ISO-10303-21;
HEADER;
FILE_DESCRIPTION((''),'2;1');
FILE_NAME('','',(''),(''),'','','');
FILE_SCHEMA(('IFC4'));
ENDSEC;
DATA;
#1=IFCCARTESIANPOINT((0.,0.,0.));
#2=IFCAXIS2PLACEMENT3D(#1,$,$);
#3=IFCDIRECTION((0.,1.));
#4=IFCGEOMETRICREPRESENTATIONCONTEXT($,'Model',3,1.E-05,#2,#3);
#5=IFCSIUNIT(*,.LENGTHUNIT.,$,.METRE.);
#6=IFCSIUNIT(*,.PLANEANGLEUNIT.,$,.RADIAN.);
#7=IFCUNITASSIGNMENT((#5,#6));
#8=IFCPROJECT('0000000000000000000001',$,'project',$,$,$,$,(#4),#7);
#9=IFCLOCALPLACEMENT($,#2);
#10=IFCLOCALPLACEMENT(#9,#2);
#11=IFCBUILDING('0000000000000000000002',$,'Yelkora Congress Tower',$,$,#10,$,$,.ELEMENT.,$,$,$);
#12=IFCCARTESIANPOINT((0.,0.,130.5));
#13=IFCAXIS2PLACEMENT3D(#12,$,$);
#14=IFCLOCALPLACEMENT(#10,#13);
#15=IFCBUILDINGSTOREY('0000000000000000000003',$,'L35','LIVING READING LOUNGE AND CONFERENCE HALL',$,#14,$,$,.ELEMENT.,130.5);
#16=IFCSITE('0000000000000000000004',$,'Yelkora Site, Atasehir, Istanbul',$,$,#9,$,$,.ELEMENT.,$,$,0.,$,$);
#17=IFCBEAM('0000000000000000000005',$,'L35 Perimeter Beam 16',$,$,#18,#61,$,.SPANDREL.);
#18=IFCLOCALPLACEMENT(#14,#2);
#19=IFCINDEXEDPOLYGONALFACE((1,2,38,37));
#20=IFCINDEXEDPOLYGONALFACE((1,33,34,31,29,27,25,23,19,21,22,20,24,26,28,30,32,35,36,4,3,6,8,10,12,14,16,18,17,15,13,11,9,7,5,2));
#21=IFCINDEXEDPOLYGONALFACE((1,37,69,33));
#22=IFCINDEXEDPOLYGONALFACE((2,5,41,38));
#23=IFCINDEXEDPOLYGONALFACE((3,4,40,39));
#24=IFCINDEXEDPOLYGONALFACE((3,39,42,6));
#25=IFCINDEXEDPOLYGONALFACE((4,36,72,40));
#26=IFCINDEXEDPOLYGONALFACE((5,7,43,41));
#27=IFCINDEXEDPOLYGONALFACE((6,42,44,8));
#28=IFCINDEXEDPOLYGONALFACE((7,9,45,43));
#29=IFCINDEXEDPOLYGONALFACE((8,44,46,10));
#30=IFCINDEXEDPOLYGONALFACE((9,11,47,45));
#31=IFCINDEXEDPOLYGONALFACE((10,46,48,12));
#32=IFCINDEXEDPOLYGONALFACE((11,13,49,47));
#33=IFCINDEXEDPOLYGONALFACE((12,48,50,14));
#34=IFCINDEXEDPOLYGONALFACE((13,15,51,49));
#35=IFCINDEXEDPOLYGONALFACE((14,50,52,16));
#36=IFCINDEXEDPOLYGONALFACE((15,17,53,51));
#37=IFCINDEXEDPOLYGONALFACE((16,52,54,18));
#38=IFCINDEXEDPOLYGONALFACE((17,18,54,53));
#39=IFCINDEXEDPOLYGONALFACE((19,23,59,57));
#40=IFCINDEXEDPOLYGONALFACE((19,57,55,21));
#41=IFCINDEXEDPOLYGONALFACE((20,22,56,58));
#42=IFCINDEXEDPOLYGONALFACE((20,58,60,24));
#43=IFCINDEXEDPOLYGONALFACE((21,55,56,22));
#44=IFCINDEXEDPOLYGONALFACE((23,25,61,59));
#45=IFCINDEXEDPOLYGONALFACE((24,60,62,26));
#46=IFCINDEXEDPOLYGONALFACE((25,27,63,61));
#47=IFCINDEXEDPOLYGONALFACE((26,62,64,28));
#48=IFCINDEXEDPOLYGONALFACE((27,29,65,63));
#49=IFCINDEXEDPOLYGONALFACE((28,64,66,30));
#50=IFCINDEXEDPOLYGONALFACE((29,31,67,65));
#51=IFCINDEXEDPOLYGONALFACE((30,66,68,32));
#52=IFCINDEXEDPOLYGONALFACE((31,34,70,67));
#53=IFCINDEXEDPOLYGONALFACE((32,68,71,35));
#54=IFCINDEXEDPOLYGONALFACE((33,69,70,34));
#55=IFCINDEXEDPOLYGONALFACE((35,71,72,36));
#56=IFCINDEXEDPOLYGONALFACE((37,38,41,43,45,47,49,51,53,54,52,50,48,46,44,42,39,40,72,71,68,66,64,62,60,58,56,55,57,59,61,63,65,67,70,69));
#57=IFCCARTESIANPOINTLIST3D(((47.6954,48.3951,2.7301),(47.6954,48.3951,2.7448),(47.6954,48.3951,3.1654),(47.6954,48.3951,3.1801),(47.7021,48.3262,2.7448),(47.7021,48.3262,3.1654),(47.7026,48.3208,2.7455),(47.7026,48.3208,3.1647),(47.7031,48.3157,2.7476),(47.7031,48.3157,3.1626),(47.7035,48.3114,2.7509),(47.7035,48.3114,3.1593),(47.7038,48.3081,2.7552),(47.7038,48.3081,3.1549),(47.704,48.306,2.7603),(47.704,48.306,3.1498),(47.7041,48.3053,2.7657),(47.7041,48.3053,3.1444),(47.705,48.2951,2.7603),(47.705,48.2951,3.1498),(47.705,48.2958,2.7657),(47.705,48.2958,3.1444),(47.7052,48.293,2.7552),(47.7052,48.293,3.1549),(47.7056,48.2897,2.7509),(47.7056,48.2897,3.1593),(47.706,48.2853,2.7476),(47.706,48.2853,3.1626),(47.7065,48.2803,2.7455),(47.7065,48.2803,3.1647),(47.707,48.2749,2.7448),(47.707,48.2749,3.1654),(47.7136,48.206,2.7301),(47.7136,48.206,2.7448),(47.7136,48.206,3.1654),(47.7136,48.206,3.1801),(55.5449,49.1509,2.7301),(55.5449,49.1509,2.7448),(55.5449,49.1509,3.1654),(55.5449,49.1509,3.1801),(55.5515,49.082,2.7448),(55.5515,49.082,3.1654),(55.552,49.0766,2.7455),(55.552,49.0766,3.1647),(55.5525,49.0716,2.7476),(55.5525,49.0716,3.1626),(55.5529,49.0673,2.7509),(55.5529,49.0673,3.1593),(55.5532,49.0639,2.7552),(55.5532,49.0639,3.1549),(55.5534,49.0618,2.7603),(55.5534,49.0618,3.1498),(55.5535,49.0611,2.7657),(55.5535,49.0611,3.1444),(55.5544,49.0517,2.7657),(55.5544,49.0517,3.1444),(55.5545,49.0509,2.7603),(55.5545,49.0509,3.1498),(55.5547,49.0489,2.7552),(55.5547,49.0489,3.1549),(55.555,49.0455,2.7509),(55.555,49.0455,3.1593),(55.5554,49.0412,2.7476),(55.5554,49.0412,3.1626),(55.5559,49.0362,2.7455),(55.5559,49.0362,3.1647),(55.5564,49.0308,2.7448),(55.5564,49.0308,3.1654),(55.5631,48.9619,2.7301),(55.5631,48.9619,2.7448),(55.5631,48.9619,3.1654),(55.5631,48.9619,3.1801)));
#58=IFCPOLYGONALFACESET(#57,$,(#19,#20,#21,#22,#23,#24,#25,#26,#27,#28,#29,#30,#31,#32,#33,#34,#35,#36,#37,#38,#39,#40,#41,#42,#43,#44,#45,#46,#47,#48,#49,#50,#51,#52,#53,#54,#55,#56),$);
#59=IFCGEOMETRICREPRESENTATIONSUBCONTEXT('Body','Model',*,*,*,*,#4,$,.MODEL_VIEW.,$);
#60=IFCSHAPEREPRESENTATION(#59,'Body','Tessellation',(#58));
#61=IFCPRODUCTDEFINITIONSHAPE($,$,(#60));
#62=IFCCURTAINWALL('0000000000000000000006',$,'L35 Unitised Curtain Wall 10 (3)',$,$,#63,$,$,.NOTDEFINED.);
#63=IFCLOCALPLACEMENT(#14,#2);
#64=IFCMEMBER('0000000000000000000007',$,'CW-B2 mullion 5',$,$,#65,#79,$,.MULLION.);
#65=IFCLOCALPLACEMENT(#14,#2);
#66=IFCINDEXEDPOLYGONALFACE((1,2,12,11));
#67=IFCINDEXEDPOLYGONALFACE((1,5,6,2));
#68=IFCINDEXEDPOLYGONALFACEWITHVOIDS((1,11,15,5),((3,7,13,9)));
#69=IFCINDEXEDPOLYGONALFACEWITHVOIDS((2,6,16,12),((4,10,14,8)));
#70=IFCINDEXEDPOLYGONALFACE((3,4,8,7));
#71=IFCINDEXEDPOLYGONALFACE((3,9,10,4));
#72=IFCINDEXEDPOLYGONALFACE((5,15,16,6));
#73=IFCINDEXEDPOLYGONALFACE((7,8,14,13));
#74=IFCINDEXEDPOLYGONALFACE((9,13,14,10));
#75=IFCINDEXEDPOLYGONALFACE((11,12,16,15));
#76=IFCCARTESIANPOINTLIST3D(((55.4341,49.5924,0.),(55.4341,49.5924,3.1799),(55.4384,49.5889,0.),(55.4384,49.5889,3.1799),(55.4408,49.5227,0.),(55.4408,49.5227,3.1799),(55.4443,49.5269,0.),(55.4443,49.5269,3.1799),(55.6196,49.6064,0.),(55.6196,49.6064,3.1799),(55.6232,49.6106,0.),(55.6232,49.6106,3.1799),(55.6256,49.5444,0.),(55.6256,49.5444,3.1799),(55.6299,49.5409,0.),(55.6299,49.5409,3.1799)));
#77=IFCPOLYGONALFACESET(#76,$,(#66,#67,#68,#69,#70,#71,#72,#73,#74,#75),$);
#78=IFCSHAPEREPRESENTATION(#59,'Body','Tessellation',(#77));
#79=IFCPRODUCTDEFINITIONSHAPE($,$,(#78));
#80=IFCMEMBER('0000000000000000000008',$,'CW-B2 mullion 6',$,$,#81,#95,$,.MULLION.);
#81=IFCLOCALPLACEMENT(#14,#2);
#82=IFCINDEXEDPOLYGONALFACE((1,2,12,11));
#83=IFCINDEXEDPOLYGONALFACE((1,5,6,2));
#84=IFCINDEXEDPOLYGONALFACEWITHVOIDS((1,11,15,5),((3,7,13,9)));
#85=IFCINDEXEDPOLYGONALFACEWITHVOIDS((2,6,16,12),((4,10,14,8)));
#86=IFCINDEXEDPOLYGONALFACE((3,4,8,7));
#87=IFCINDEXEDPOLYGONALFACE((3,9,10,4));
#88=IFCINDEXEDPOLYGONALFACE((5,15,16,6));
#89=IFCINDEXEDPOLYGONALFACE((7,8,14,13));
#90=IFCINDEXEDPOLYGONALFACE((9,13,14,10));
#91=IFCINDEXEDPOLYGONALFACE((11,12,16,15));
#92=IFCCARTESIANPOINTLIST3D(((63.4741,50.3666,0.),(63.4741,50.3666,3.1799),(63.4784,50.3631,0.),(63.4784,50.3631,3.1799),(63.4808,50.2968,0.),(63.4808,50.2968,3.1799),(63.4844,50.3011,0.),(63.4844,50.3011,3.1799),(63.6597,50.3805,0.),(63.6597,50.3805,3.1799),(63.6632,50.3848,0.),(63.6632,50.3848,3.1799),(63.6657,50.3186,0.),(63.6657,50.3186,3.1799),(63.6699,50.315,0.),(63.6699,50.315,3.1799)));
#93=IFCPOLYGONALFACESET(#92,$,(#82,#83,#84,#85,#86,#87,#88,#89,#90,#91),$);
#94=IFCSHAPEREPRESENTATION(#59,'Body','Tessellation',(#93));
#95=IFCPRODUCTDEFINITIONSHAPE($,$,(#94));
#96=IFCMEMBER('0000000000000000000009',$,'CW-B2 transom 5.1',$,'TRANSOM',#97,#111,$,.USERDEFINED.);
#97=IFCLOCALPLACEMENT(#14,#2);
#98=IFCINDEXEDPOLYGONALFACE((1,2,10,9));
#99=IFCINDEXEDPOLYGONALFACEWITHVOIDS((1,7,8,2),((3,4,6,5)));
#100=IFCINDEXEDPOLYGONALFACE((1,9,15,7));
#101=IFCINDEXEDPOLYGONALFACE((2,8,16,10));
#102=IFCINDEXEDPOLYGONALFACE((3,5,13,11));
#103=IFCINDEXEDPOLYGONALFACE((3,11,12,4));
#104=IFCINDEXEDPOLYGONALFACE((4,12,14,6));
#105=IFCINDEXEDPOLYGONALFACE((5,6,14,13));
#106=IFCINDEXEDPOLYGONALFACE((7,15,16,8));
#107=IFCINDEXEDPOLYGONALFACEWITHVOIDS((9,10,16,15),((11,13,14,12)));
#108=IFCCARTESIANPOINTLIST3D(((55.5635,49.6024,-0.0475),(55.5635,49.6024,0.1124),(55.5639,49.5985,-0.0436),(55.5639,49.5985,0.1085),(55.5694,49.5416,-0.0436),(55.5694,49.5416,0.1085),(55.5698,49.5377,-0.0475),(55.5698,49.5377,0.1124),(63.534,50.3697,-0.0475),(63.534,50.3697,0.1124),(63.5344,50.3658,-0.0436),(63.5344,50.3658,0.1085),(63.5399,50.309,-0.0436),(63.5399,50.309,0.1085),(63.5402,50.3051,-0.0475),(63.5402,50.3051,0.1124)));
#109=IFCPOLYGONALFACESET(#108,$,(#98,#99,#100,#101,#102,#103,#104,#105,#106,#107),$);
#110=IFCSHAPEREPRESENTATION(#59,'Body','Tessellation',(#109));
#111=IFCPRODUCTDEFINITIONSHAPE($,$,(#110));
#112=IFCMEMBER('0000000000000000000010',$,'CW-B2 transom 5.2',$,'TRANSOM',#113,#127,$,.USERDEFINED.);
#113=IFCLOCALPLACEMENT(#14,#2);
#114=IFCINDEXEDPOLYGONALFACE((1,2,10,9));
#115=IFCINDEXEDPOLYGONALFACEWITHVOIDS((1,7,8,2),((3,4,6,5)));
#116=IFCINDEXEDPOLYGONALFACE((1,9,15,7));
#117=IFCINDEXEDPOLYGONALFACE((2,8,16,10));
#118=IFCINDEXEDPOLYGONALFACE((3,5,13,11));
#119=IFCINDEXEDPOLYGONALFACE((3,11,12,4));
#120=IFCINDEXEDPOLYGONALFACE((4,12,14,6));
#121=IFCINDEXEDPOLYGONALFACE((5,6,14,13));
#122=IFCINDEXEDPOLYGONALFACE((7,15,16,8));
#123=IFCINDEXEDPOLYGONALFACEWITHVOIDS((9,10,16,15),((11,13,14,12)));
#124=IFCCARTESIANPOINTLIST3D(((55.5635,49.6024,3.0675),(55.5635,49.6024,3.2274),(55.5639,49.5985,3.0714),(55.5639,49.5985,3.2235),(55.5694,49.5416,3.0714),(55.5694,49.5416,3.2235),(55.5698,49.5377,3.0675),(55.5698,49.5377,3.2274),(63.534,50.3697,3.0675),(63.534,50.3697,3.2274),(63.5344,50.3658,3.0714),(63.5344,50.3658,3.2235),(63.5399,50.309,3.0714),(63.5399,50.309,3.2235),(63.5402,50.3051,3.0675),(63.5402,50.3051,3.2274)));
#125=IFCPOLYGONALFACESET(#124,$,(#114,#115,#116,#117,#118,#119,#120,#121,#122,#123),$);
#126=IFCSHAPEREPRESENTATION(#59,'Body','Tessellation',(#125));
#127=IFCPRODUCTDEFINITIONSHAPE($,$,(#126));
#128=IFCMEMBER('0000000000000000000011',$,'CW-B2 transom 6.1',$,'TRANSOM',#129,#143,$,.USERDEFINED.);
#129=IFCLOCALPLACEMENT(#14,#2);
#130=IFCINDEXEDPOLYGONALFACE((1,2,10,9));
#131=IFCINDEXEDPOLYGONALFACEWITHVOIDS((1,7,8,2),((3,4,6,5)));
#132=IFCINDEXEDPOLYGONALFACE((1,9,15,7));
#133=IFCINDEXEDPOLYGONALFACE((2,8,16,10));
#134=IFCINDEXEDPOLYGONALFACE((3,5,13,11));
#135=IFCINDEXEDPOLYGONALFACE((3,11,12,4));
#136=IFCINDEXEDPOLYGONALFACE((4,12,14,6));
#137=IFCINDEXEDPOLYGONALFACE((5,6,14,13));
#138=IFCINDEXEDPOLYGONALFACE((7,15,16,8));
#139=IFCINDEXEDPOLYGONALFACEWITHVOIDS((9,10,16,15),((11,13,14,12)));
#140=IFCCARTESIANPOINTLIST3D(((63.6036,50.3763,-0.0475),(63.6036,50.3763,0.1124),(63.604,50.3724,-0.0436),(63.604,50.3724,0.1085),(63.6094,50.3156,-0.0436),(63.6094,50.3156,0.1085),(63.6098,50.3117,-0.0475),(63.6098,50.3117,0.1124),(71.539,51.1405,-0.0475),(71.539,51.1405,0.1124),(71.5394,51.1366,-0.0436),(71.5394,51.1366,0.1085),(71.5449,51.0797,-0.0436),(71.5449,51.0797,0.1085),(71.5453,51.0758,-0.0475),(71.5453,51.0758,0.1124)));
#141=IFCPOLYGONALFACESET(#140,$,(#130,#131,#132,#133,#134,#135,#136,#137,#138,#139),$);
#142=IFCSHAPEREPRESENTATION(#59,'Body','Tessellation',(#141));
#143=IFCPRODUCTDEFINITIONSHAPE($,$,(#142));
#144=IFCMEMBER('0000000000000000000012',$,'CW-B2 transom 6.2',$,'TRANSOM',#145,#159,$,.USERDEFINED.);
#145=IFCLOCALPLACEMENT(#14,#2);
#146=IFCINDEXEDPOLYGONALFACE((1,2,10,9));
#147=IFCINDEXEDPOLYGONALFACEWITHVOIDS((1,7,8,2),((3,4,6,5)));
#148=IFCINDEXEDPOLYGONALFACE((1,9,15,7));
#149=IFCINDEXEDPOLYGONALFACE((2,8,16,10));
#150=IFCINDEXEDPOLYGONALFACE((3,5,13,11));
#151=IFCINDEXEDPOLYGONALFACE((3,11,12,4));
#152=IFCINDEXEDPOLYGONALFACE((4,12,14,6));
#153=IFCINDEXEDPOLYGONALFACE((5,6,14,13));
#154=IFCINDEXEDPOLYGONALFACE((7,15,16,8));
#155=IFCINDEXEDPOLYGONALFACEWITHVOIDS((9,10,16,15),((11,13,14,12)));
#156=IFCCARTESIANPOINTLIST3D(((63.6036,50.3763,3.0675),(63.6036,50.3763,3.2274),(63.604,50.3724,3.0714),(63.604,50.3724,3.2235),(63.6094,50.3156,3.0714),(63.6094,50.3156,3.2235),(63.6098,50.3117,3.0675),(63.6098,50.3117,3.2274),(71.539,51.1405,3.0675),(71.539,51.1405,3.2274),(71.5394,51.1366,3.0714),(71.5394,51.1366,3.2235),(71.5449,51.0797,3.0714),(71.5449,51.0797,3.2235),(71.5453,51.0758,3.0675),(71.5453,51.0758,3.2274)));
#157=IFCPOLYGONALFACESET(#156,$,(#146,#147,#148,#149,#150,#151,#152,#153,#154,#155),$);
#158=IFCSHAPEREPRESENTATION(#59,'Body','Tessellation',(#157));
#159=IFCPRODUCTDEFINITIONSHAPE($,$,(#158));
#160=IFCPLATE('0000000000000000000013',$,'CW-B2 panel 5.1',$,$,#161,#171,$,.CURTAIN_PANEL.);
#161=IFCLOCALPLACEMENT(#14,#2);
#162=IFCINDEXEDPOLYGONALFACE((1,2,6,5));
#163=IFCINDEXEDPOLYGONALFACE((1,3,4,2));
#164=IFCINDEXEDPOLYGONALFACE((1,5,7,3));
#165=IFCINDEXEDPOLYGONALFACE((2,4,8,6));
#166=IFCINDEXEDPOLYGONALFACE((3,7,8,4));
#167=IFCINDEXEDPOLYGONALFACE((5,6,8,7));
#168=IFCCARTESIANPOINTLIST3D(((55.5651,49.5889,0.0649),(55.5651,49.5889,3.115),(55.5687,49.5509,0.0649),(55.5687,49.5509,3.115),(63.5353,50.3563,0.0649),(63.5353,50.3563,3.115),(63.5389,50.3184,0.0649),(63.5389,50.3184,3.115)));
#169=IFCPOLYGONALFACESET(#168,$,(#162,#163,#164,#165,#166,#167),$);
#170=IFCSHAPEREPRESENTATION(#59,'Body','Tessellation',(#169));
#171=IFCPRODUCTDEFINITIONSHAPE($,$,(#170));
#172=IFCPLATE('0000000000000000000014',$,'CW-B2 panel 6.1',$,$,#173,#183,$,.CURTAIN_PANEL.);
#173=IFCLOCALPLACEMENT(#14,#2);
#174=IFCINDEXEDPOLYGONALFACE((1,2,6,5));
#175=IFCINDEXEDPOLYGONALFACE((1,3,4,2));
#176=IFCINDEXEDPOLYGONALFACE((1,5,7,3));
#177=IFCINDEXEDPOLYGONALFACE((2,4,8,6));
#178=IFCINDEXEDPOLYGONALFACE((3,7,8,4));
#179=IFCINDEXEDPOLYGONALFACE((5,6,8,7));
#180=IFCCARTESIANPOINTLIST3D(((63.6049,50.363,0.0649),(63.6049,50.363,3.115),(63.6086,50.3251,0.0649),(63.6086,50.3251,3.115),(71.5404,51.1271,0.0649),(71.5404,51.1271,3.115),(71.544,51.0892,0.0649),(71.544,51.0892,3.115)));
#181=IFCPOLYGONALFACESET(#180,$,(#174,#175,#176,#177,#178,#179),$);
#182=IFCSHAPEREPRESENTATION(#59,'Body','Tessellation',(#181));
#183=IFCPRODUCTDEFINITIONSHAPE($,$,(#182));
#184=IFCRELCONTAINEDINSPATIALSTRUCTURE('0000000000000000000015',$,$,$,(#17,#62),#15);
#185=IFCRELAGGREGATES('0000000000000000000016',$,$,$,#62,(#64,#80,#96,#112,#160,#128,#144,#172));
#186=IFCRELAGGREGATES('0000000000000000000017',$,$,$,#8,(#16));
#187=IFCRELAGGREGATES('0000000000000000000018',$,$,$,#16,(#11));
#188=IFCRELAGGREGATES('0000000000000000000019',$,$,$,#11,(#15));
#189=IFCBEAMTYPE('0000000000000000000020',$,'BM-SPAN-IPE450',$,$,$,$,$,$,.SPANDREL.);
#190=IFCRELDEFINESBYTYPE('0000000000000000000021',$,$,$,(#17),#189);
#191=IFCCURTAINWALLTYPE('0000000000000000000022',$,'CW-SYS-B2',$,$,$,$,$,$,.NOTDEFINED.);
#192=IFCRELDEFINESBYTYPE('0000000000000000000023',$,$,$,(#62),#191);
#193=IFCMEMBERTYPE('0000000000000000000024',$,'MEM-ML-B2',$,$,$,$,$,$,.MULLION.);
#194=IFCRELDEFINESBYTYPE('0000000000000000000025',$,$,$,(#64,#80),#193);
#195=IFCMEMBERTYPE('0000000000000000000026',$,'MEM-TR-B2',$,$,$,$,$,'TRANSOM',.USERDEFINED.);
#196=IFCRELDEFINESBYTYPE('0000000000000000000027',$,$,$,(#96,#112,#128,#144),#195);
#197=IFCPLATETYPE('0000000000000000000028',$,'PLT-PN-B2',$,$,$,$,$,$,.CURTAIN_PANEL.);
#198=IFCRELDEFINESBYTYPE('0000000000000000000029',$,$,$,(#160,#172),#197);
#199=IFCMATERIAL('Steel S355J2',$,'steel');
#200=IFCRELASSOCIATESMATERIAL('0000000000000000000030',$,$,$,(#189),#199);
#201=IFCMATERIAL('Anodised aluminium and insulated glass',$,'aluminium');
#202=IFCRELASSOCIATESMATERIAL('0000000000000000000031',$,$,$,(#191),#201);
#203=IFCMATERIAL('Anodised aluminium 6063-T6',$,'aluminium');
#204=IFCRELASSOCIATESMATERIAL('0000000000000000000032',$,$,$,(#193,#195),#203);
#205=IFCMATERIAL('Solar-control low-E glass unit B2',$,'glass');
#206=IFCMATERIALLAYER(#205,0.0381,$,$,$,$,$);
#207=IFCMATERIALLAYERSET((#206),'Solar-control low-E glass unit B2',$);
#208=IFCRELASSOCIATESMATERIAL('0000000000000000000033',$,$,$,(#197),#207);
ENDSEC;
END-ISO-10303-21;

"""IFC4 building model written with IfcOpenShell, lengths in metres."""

from ifc_helpers import new_model, si_unit, direction, frame, origin, origin_2d, place, context, subcontext, project, spatial, rectangle, hollow_rectangle, i_section, extrude, material, layer, layer_set, material_profile, profile_set, type_object, element, aggregate, save


model = new_model("IFC4")

# Units and contexts
model_context = context("Model", 3, precision=1e-05, world=origin(), true_north=direction((0.0, 1.0)))
body_context = subcontext(model_context, "Body", "Model", "MODEL_VIEW")
ifc_project = project(units=[si_unit("LENGTHUNIT", "METRE"), si_unit("PLANEANGLEUNIT", "RADIAN")], contexts=[model_context])

# Site, building, storey
site_placement = place(None, origin())
site = spatial("IfcSite", under=ifc_project, at=site_placement, Name="Yelkora Site, Atasehir, Istanbul", CompositionType="ELEMENT", RefElevation=0.0)
building_placement = place(site_placement, origin())
building = spatial("IfcBuilding", under=site, at=building_placement, Name="Yelkora Congress Tower", CompositionType="ELEMENT")
storey_placement = place(building_placement, frame((0.0, 0.0, 130.5)))
storey = spatial("IfcBuildingStorey", under=building, at=storey_placement, Name="L35", Description="LIVING READING LOUNGE AND CONFERENCE HALL", CompositionType="ELEMENT", Elevation=130.5)

# Beam
ifc_material_1 = material(Name="Steel S355J2", Category="steel")
ifc_material_profile_1 = material_profile(ifc_material_1, i_section(OverallWidth=0.1899, OverallDepth=0.45, WebThickness=0.0095, FlangeThickness=0.0146, FilletRadius=0.021, at=origin_2d()), Name="IPE 450")
ifc_profile_set_1 = profile_set([ifc_material_profile_1], Name="Steel S355J2")
beam_type_1 = type_object("IfcBeamType", Name="BM-SPAN-IPE450", PredefinedType="SPANDREL", material=ifc_profile_set_1)
for number, where, z_axis, x_axis, name in (
    (1, (55.554, 49.0564, 2.9551), (-0.995396, -0.095852, 0.0), (0.095852, -0.995396, 0.0), "L35 Perimeter Beam 16"),
):
    element("IfcBeam", number, at=place(storey_placement, frame(where, z_axis=z_axis, x_axis=x_axis)), inside=storey, type_object=beam_type_1, Name=name, PredefinedType="SPANDREL", context=body_context, shape_type="SweptSolid", body=[
        extrude(i_section(OverallWidth=0.1899, OverallDepth=0.45, WebThickness=0.0095, FlangeThickness=0.0146, FilletRadius=0.021, at=origin_2d()), origin(), (0.0, 0.0, 1.0), 7.8857),
    ])

# Curtain wall, members, plates
ifc_material_2 = material(Name="Anodised aluminium and insulated glass", Category="aluminium")
curtain_wall_type = type_object("IfcCurtainWallType", Name="CW-SYS-B2", PredefinedType="NOTDEFINED", material=ifc_material_2)
curtain_wall_placement = place(storey_placement, origin())
curtain_wall = element("IfcCurtainWall", 2, at=curtain_wall_placement, inside=storey, type_object=curtain_wall_type, Name="L35 Unitised Curtain Wall 10 (3)", PredefinedType="NOTDEFINED")
ifc_material_3 = material(Name="Anodised aluminium 6063-T6", Category="aluminium")
ifc_material_profile_2 = material_profile(ifc_material_3, hollow_rectangle(XDim=0.0701, YDim=0.1899, WallThickness=0.0039, at=origin_2d()), Name="ALU 70x190x4")
ifc_profile_set_2 = profile_set([ifc_material_profile_2], Name="Anodised aluminium 6063-T6")
member_type_1 = type_object("IfcMemberType", Name="MEM-ML-B2", PredefinedType="MULLION", material=ifc_profile_set_2)
member_1_placement = place(storey_placement, frame((55.532, 49.5667, 0.0), z_axis=(0.0, 0.0, 1.0), x_axis=(-0.095844, 0.995396, 0.0)))
member_1 = element("IfcMember", 3, at=member_1_placement, type_object=member_type_1, Name="CW-B2 mullion 5", PredefinedType="MULLION", context=body_context, shape_type="SweptSolid", body=[
    extrude(hollow_rectangle(XDim=0.0701, YDim=0.1899, WallThickness=0.0039, at=origin_2d()), origin(), (0.0, 0.0, 1.0), 3.1799),
])
member_2_placement = place(storey_placement, frame((63.572, 50.3408, 0.0), z_axis=(0.0, 0.0, 1.0), x_axis=(-0.095844, 0.995396, 0.0)))
member_2 = element("IfcMember", 4, at=member_2_placement, type_object=member_type_1, Name="CW-B2 mullion 6", PredefinedType="MULLION", context=body_context, shape_type="SweptSolid", body=[
    extrude(hollow_rectangle(XDim=0.0701, YDim=0.1899, WallThickness=0.0039, at=origin_2d()), origin(), (0.0, 0.0, 1.0), 3.1799),
])
ifc_material_profile_3 = material_profile(ifc_material_3, hollow_rectangle(XDim=0.0649, YDim=0.1599, WallThickness=0.0039, at=origin_2d()), Name="ALU 65x160x4")
ifc_profile_set_3 = profile_set([ifc_material_profile_3], Name="Anodised aluminium 6063-T6")
member_type_2 = type_object("IfcMemberType", Name="MEM-TR-B2", ElementType="TRANSOM", PredefinedType="USERDEFINED", material=ifc_profile_set_3)
member_3_placement = place(storey_placement, frame((55.5667, 49.5701, 0.0325), z_axis=(0.995398, 0.095829, 0.0), x_axis=(-0.095829, 0.995398, 0.0)))
member_3 = element("IfcMember", 5, at=member_3_placement, type_object=member_type_2, Name="CW-B2 transom 5.1", ObjectType="TRANSOM", PredefinedType="USERDEFINED", context=body_context, shape_type="SweptSolid", body=[
    extrude(hollow_rectangle(XDim=0.0649, YDim=0.1599, WallThickness=0.0039, at=origin_2d()), origin(), (0.0, 0.0, 1.0), 8.0073),
])
member_4_placement = place(storey_placement, frame((55.5667, 49.5701, 3.1475), z_axis=(0.995398, 0.095829, 0.0), x_axis=(-0.095829, 0.995398, 0.0)))
member_4 = element("IfcMember", 6, at=member_4_placement, type_object=member_type_2, Name="CW-B2 transom 5.2", ObjectType="TRANSOM", PredefinedType="USERDEFINED", context=body_context, shape_type="SweptSolid", body=[
    extrude(hollow_rectangle(XDim=0.0649, YDim=0.1599, WallThickness=0.0039, at=origin_2d()), origin(), (0.0, 0.0, 1.0), 8.0073),
])
member_5_placement = place(storey_placement, frame((63.6067, 50.344, 0.0325), z_axis=(0.995396, 0.095852, 0.0), x_axis=(-0.095852, 0.995396, 0.0)))
member_5 = element("IfcMember", 7, at=member_5_placement, type_object=member_type_2, Name="CW-B2 transom 6.1", ObjectType="TRANSOM", PredefinedType="USERDEFINED", context=body_context, shape_type="SweptSolid", body=[
    extrude(hollow_rectangle(XDim=0.0649, YDim=0.1599, WallThickness=0.0039, at=origin_2d()), origin(), (0.0, 0.0, 1.0), 7.9722),
])
member_6_placement = place(storey_placement, frame((63.6067, 50.344, 3.1475), z_axis=(0.995396, 0.095852, 0.0), x_axis=(-0.095852, 0.995396, 0.0)))
member_6 = element("IfcMember", 8, at=member_6_placement, type_object=member_type_2, Name="CW-B2 transom 6.2", ObjectType="TRANSOM", PredefinedType="USERDEFINED", context=body_context, shape_type="SweptSolid", body=[
    extrude(hollow_rectangle(XDim=0.0649, YDim=0.1599, WallThickness=0.0039, at=origin_2d()), origin(), (0.0, 0.0, 1.0), 7.9722),
])
ifc_material_4 = material(Name="Solar-control low-E glass unit B2", Category="glass")
ifc_layer_1 = layer(ifc_material_4, 0.0381)
ifc_layer_set_1 = layer_set([ifc_layer_1], Name="Solar-control low-E glass unit B2")
plate_type = type_object("IfcPlateType", Name="PLT-PN-B2", PredefinedType="CURTAIN_PANEL", material=ifc_layer_set_1)
plate_1_placement = place(storey_placement, frame((59.552, 49.9536, 0.0649), z_axis=(0.0, 0.0, 1.0), x_axis=(0.995396, 0.095844, 0.0)))
plate_1 = element("IfcPlate", 9, at=plate_1_placement, type_object=plate_type, Name="CW-B2 panel 5.1", PredefinedType="CURTAIN_PANEL", context=body_context, shape_type="SweptSolid", body=[
    extrude(rectangle(XDim=8.0071, YDim=0.0381, at=origin_2d()), origin(), (0.0, 0.0, 1.0), 3.05),
])
plate_2_placement = place(storey_placement, frame((67.5745, 50.7261, 0.0649), z_axis=(0.0, 0.0, 1.0), x_axis=(0.995396, 0.095844, 0.0)))
plate_2 = element("IfcPlate", 10, at=plate_2_placement, type_object=plate_type, Name="CW-B2 panel 6.1", PredefinedType="CURTAIN_PANEL", context=body_context, shape_type="SweptSolid", body=[
    extrude(rectangle(XDim=7.9722, YDim=0.0381, at=origin_2d()), origin(), (0.0, 0.0, 1.0), 3.05),
])
aggregate(curtain_wall, [member_1, member_2, member_3, member_4, plate_1, member_5, member_6, plate_2])

save(model, "model.ifc")
